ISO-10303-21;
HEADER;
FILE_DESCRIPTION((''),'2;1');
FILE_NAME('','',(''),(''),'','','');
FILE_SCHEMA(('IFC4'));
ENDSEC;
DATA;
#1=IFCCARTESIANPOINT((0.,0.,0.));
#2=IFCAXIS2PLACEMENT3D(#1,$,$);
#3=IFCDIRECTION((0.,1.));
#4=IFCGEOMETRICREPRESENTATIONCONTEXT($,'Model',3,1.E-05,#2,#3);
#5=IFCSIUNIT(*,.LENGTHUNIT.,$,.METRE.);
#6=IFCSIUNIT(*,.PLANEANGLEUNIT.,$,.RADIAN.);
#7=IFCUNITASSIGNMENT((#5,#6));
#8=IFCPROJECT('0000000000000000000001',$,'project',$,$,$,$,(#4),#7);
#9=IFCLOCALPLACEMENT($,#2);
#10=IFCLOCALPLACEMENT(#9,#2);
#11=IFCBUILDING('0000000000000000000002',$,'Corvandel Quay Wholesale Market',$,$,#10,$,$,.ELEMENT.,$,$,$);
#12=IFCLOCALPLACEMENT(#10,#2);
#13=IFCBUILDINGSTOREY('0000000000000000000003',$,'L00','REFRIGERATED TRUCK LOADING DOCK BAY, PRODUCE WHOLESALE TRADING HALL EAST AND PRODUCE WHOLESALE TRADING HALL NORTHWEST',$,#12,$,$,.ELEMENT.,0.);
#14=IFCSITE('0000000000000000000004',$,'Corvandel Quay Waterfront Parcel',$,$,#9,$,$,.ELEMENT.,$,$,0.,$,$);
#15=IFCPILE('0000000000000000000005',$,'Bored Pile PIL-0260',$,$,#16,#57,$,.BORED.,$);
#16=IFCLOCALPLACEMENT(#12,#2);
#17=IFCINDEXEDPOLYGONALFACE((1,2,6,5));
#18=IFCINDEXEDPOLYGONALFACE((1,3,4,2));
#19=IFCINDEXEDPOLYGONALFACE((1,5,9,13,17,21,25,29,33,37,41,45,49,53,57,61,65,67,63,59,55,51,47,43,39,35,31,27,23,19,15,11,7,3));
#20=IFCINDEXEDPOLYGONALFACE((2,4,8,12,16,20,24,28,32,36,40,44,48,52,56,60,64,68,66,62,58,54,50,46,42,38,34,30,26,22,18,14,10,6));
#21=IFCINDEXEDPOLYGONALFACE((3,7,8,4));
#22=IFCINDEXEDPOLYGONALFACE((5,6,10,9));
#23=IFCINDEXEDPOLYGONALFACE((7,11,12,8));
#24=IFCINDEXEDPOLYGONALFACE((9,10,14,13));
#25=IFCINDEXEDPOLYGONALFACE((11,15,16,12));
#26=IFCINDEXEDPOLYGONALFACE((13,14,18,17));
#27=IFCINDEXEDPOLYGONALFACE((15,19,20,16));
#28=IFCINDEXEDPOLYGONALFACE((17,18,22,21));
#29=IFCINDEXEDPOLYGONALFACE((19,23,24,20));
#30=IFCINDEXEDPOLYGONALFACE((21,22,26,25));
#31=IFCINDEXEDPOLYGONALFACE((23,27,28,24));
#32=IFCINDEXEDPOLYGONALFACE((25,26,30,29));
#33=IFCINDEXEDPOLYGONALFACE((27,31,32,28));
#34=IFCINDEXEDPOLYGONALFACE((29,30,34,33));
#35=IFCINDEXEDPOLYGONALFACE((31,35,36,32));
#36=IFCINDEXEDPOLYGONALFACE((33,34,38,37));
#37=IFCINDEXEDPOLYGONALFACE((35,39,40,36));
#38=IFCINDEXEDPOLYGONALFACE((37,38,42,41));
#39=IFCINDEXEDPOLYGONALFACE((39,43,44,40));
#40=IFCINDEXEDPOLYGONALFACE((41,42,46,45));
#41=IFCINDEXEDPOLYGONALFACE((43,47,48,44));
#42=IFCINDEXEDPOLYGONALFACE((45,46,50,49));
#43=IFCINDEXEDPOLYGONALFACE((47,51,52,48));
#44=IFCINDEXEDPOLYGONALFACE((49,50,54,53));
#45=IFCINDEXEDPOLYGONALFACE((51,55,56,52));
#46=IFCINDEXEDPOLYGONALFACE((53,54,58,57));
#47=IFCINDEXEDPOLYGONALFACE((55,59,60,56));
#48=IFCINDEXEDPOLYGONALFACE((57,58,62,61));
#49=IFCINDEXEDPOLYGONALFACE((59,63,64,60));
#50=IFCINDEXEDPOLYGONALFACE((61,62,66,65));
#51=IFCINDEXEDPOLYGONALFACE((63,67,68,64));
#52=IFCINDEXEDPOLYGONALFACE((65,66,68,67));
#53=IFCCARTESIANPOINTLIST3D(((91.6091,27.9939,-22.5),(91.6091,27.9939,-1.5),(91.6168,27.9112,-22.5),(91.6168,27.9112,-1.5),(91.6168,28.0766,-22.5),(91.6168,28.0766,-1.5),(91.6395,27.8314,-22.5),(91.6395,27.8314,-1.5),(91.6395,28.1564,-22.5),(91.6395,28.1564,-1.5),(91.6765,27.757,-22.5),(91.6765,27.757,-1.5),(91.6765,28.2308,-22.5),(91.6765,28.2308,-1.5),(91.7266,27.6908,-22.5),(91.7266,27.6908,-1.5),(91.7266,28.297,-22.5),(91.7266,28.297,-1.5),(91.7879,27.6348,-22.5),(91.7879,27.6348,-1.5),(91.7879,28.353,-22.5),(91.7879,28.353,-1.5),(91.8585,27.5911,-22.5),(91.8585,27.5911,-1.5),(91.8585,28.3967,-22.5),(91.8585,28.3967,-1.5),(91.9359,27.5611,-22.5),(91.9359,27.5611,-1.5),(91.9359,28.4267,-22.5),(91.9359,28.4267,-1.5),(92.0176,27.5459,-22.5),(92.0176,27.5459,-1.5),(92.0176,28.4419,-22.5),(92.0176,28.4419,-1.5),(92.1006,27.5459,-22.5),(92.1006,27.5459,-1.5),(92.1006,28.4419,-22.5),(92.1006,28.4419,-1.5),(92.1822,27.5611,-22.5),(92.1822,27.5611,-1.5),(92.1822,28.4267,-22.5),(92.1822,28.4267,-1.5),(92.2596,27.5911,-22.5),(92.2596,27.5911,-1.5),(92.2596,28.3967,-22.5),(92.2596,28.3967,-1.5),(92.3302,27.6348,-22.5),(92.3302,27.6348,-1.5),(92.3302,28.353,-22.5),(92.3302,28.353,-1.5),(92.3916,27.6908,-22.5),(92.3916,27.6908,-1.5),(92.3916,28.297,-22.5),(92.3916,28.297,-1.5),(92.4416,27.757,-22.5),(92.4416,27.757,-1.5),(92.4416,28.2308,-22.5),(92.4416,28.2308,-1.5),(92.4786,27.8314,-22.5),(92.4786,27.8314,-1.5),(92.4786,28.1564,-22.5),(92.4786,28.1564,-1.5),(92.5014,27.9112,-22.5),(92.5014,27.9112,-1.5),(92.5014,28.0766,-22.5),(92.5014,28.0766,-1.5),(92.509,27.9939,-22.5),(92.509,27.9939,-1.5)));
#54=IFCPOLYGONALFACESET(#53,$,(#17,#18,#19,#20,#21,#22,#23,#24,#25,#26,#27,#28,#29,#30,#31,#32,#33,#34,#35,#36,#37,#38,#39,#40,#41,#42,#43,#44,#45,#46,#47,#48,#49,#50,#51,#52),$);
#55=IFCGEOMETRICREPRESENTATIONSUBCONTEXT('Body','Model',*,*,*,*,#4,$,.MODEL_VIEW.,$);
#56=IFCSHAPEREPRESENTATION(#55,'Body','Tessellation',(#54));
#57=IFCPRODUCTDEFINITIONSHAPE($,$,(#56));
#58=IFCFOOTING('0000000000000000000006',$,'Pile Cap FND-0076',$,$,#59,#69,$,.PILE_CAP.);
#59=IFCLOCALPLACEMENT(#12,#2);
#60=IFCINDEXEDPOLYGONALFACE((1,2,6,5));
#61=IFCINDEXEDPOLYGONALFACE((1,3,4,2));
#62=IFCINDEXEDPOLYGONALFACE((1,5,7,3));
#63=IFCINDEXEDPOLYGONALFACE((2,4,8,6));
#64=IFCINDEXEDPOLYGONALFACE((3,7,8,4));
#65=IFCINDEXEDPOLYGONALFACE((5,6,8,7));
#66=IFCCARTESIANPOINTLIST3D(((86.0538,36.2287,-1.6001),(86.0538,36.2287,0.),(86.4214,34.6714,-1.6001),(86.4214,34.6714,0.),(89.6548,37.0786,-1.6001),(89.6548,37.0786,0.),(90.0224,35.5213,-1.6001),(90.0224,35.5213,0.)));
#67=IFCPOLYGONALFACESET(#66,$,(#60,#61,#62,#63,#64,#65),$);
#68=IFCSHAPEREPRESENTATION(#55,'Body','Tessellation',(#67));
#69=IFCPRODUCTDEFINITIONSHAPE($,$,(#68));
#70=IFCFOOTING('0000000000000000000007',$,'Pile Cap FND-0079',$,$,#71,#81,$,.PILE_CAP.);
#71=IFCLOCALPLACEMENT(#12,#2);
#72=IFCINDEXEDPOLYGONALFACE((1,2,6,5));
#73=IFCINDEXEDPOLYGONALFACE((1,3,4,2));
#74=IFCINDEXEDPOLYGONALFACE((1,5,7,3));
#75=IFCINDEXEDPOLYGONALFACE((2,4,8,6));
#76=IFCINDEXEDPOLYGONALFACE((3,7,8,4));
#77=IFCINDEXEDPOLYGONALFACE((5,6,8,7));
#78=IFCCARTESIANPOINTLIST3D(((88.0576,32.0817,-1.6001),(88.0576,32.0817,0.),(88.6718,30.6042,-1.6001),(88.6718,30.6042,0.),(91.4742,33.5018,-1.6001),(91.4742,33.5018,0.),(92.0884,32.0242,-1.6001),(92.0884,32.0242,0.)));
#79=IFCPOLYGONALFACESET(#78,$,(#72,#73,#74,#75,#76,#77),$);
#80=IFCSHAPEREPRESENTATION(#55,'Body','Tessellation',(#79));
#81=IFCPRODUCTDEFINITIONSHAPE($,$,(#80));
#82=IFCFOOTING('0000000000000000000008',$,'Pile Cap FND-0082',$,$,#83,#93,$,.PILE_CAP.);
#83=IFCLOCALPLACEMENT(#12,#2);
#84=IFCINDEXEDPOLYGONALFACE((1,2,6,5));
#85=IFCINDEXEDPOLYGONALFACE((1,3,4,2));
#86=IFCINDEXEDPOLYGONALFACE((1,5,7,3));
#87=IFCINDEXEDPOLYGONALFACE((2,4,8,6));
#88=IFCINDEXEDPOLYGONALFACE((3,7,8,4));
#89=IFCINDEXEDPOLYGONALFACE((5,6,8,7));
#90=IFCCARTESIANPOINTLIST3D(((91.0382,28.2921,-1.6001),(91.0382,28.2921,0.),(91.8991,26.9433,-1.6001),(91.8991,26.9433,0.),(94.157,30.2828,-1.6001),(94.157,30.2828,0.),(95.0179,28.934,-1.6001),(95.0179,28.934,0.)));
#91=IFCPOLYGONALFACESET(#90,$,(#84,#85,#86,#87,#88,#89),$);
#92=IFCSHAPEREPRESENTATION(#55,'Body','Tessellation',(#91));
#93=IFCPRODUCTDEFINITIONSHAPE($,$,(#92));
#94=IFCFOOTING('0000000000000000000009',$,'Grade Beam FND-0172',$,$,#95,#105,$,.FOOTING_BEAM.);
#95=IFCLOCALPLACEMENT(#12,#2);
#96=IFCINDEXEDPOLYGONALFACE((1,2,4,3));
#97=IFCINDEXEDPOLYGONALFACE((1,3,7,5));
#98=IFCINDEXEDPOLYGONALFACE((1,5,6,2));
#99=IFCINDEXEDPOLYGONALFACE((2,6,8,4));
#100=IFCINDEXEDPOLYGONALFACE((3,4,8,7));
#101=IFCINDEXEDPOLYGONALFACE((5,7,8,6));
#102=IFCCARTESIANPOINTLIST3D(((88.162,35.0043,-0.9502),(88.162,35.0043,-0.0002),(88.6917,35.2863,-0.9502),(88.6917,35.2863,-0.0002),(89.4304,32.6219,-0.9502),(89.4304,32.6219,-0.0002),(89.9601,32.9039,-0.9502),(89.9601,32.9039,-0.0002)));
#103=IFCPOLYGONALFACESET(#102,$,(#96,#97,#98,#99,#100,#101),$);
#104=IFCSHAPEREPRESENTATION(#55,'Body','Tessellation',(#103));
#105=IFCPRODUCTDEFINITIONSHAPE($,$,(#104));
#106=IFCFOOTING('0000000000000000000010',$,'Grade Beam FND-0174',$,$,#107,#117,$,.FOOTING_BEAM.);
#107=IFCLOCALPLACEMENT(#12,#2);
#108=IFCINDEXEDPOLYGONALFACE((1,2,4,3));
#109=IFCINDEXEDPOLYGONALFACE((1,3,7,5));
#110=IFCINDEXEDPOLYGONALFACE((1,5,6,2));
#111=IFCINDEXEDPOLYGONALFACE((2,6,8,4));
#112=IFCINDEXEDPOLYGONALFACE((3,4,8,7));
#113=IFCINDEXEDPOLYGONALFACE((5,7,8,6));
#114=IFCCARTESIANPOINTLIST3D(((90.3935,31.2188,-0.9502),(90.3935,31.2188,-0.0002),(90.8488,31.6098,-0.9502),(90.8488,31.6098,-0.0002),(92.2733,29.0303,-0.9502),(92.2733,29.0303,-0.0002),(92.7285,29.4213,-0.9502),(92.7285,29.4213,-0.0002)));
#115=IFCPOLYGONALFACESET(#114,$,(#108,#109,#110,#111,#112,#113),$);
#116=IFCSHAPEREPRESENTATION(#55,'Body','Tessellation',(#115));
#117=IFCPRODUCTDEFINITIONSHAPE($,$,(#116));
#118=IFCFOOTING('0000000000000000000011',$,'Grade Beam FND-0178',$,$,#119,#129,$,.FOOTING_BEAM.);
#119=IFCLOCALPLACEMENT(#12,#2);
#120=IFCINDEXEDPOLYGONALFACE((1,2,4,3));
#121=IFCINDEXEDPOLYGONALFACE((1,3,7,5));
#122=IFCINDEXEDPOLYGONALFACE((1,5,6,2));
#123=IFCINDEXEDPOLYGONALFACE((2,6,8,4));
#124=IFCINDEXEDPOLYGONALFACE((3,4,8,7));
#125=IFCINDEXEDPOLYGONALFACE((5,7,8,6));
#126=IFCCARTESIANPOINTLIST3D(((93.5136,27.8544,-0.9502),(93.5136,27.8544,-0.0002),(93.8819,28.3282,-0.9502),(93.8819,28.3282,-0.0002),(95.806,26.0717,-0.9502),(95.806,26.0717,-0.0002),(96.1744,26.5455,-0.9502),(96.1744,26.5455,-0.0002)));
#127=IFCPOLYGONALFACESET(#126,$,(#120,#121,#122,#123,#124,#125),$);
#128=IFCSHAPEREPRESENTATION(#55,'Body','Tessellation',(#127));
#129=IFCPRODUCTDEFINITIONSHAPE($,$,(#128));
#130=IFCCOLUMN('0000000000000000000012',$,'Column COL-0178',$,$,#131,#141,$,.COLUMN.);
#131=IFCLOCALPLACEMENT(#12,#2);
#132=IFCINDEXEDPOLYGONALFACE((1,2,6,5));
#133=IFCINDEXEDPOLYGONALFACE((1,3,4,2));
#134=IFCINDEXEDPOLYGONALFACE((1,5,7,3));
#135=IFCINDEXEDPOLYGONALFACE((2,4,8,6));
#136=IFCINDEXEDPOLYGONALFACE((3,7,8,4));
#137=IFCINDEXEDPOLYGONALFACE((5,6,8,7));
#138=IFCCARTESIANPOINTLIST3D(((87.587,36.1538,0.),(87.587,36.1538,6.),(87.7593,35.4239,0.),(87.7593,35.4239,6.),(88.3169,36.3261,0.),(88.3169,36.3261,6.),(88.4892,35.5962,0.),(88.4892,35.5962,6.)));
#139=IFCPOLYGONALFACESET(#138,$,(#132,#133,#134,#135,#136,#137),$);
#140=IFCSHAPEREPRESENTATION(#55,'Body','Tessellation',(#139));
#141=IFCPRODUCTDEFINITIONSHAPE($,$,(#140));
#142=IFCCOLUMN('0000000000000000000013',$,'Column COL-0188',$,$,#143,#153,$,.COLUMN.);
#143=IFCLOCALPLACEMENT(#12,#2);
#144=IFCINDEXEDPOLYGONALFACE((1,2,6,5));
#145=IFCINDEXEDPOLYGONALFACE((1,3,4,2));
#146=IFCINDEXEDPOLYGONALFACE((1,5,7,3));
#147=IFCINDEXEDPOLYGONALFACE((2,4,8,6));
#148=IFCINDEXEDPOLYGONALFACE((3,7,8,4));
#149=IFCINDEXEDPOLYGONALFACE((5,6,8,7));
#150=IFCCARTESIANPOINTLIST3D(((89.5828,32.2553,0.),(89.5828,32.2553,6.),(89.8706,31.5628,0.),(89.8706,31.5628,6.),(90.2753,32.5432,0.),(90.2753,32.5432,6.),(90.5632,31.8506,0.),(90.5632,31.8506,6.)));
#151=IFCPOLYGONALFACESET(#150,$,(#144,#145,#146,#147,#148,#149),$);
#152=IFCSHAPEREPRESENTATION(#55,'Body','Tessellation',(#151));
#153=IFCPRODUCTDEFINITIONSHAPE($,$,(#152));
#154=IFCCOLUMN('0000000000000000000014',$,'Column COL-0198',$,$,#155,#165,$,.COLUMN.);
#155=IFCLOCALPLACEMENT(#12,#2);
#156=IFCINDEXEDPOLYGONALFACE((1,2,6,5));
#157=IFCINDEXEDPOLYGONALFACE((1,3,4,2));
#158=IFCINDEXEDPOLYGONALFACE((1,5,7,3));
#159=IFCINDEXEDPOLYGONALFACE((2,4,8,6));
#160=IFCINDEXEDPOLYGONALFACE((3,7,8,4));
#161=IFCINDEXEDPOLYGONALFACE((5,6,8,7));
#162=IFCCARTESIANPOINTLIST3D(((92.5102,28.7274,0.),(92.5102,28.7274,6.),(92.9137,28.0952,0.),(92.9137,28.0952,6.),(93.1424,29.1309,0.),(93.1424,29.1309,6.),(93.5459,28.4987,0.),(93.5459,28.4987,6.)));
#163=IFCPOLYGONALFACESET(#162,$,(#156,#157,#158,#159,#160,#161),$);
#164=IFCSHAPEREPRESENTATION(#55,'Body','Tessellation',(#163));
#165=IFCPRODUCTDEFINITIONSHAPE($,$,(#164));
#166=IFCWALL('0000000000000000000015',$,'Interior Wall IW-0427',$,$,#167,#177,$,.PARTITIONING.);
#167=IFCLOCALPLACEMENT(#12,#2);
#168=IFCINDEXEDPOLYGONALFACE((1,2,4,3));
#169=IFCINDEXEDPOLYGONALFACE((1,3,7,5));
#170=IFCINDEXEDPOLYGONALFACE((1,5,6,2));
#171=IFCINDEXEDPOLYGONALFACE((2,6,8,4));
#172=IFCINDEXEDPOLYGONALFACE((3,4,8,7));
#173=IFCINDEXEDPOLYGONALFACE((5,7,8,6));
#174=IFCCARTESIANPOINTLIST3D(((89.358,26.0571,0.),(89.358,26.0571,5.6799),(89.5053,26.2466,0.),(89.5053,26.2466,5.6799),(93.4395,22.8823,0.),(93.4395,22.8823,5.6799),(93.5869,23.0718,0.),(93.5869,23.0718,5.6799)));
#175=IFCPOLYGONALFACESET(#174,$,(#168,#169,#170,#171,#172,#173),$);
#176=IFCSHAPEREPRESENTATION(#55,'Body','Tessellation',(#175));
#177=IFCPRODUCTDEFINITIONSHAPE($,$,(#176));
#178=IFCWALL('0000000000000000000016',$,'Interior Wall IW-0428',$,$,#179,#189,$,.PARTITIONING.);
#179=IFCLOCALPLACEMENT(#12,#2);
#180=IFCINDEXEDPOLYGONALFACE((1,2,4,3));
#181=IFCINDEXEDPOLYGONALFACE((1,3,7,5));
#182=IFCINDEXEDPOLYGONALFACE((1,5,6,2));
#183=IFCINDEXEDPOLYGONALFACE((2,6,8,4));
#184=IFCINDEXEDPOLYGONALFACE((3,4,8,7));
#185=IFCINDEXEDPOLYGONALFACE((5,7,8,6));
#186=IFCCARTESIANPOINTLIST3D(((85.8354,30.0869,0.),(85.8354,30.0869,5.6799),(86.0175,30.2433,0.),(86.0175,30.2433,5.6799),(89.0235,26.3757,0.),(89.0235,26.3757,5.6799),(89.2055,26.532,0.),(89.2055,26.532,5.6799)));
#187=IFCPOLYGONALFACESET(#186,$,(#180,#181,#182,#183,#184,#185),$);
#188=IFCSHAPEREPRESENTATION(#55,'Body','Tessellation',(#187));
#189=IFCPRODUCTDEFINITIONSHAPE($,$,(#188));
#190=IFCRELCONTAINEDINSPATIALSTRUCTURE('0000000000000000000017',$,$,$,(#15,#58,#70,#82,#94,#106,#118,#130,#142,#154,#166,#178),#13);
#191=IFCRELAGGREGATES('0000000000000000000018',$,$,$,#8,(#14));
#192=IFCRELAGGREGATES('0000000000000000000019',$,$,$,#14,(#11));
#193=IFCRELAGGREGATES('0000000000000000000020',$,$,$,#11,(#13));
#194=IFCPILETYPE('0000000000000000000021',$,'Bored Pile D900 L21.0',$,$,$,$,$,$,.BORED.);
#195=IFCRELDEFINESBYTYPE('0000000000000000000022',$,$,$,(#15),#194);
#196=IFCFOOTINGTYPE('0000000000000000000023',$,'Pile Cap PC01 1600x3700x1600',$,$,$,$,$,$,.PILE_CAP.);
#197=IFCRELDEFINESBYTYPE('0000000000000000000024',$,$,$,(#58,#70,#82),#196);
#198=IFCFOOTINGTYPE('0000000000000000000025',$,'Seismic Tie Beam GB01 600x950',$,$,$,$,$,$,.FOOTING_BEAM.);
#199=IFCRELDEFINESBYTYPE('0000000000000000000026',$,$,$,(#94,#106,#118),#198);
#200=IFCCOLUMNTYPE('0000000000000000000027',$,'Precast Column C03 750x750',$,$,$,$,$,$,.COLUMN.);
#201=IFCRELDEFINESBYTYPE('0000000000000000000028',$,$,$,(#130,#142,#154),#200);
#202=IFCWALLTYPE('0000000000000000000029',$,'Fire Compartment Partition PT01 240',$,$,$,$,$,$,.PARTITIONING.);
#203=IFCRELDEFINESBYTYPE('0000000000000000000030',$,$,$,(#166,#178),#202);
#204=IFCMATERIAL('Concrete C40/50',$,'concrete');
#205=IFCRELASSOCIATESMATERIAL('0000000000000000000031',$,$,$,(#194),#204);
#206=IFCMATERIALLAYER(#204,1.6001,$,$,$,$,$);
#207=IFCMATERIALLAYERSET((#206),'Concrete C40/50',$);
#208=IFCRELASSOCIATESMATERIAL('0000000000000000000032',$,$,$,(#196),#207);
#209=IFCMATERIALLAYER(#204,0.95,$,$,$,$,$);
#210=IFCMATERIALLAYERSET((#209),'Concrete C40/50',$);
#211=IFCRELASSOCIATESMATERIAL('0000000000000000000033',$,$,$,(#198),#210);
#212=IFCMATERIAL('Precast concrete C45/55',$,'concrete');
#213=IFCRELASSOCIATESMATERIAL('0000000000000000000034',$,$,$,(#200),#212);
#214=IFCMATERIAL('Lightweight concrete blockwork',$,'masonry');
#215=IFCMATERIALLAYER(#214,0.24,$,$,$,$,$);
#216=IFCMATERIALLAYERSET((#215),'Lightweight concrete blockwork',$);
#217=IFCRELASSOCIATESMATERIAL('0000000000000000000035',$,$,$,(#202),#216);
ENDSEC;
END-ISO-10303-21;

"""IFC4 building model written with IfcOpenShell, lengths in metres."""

from ifc_helpers import new_model, si_unit, direction, frame, frame_2d, origin, origin_2d, place, context, subcontext, project, spatial, rectangle, circle, extrude, material, layer, layer_set, material_profile, profile_set, type_object, element, save


model = new_model("IFC4")

# Units and contexts
model_context = context("Model", 3, precision=1e-05, world=origin(), true_north=direction((0.0, 1.0)))
body_context = subcontext(model_context, "Body", "Model", "MODEL_VIEW")
ifc_project = project(units=[si_unit("LENGTHUNIT", "METRE"), si_unit("PLANEANGLEUNIT", "RADIAN")], contexts=[model_context])

# Site, building, storey
site_placement = place(None, origin())
site = spatial("IfcSite", under=ifc_project, at=site_placement, Name="Corvandel Quay Waterfront Parcel", CompositionType="ELEMENT", RefElevation=0.0)
building_placement = place(site_placement, origin())
building = spatial("IfcBuilding", under=site, at=building_placement, Name="Corvandel Quay Wholesale Market", CompositionType="ELEMENT")
storey_placement = place(building_placement, origin())
storey = spatial("IfcBuildingStorey", under=building, at=storey_placement, Name="L00", Description="REFRIGERATED TRUCK LOADING DOCK BAY, PRODUCE WHOLESALE TRADING HALL EAST AND PRODUCE WHOLESALE TRADING HALL NORTHWEST", CompositionType="ELEMENT", Elevation=0.0)

# Pile
ifc_material_1 = material(Name="Concrete C40/50", Category="concrete")
ifc_material_profile_1 = material_profile(ifc_material_1, circle(Radius=0.45, at=origin_2d()), Name="RC-PILE-D900")
ifc_profile_set_1 = profile_set([ifc_material_profile_1], Name="Concrete C40/50")
pile_type = type_object("IfcPileType", Name="Bored Pile D900 L21.0", PredefinedType="BORED", material=ifc_profile_set_1)
for number, where, z_axis, x_axis, name in (
    (1, (92.0591, 27.9939, -1.5), (0.0, 0.0, -1.0), (1.0, 0.0, 0.0), "Bored Pile PIL-0260"),
):
    element("IfcPile", number, at=place(storey_placement, frame(where, z_axis=z_axis, x_axis=x_axis)), inside=storey, type_object=pile_type, Name=name, PredefinedType="BORED", context=body_context, shape_type="SweptSolid", body=[
        extrude(circle(Radius=0.45, at=origin_2d()), origin(), (0.0, 0.0, 1.0), 21.0),
    ])

# Footings
ifc_layer_1 = layer(ifc_material_1, 1.6001)
ifc_layer_set_1 = layer_set([ifc_layer_1], Name="Concrete C40/50")
footing_type_1 = type_object("IfcFootingType", Name="Pile Cap PC01 1600x3700x1600", PredefinedType="PILE_CAP", material=ifc_layer_set_1)
for number, where, z_axis, x_axis, name in (
    (2, (88.0381, 35.875, -1.6001), (0.0, 0.0, 1.0), (-0.22971, 0.973259, 0.0), "Pile Cap FND-0076"),
    (3, (90.073, 32.053, -1.6001), (0.0, 0.0, 1.0), (-0.383812, 0.923411, 0.0), "Pile Cap FND-0079"),
    (4, (93.0281, 28.613, -1.6001), (0.0, 0.0, 1.0), (-0.538035, 0.842922, 0.0), "Pile Cap FND-0082"),
):
    element("IfcFooting", number, at=place(storey_placement, frame(where, z_axis=z_axis, x_axis=x_axis)), inside=storey, type_object=footing_type_1, Name=name, PredefinedType="PILE_CAP", context=body_context, shape_type="SweptSolid", body=[
        extrude(rectangle(XDim=1.6001, YDim=3.7, at=origin_2d()), origin(), (0.0, 0.0, 1.0), 1.6001),
    ])
ifc_layer_2 = layer(ifc_material_1, 0.95)
ifc_layer_set_2 = layer_set([ifc_layer_2], Name="Concrete C40/50")
footing_type_2 = type_object("IfcFootingType", Name="Seismic Tie Beam GB01 600x950", PredefinedType="FOOTING_BEAM", material=ifc_layer_set_2)
footing_1_placement = place(storey_placement, frame((89.061, 33.9541, -0.9502), z_axis=(0.0, 0.0, 1.0), x_axis=(-0.469934, 0.882702, 0.0)))
element("IfcFooting", 5, at=footing_1_placement, inside=storey, type_object=footing_type_2, Name="Grade Beam FND-0172", PredefinedType="FOOTING_BEAM", context=body_context, shape_type="SweptSolid", body=[
    extrude(rectangle(XDim=2.699, YDim=0.6001, at=origin_2d()), origin(), (0.0, 0.0, 1.0), 0.95),
])
footing_2_placement = place(storey_placement, frame((91.561, 30.3201, -0.9502), z_axis=(0.0, 0.0, 1.0), x_axis=(-0.651569, 0.758589, 0.0)))
element("IfcFooting", 6, at=footing_2_placement, inside=storey, type_object=footing_type_2, Name="Grade Beam FND-0174", PredefinedType="FOOTING_BEAM", context=body_context, shape_type="SweptSolid", body=[
    extrude(rectangle(XDim=2.885, YDim=0.6001, at=origin_2d()), origin(), (0.0, 0.0, 1.0), 0.95),
])
footing_3_placement = place(storey_placement, frame((94.844, 27.2, -0.9502), z_axis=(0.0, 0.0, 1.0), x_axis=(-0.789406, 0.613872, 0.0)))
element("IfcFooting", 7, at=footing_3_placement, inside=storey, type_object=footing_type_2, Name="Grade Beam FND-0178", PredefinedType="FOOTING_BEAM", context=body_context, shape_type="SweptSolid", body=[
    extrude(rectangle(XDim=2.9041, YDim=0.6001, at=origin_2d()), origin(), (0.0, 0.0, 1.0), 0.95),
])

# Columns
ifc_material_2 = material(Name="Precast concrete C45/55", Category="concrete")
ifc_material_profile_2 = material_profile(ifc_material_2, rectangle(XDim=0.75, YDim=0.75, at=origin_2d()), Name="PC-COL-750x750")
ifc_profile_set_2 = profile_set([ifc_material_profile_2], Name="Precast concrete C45/55")
column_type = type_object("IfcColumnType", Name="Precast Column C03 750x750", PredefinedType="COLUMN", material=ifc_profile_set_2)
for number, where, z_axis, x_axis, name in (
    (8, (88.0381, 35.875, 0.0), (0.0, 0.0, 1.0), (-0.22971, 0.973259, 0.0), "Column COL-0178"),
    (9, (90.073, 32.053, 0.0), (0.0, 0.0, 1.0), (-0.383812, 0.923411, 0.0), "Column COL-0188"),
    (10, (93.0281, 28.613, 0.0), (0.0, 0.0, 1.0), (-0.538035, 0.842922, 0.0), "Column COL-0198"),
):
    element("IfcColumn", number, at=place(storey_placement, frame(where, z_axis=z_axis, x_axis=x_axis)), inside=storey, type_object=column_type, Name=name, PredefinedType="COLUMN", context=body_context, shape_type="SweptSolid", body=[
        extrude(rectangle(XDim=0.75, YDim=0.75, at=origin_2d()), origin(), (0.0, 0.0, 1.0), 6.0),
    ])

# Walls
ifc_material_3 = material(Name="Lightweight concrete blockwork", Category="masonry")
ifc_layer_3 = layer(ifc_material_3, 0.24)
ifc_layer_set_3 = layer_set([ifc_layer_3], Name="Lightweight concrete blockwork")
wall_type_1 = type_object("IfcWallType", Name="Fire Compartment Partition PT01 240", PredefinedType="PARTITIONING", material=ifc_layer_set_3)
wall_1_placement = place(storey_placement, frame((93.5132, 22.9771, 0.0), z_axis=(0.0, 0.0, 1.0), x_axis=(-0.789327, 0.613973, 0.0)))
element("IfcWall", 11, at=wall_1_placement, inside=storey, type_object=wall_type_1, Name="Interior Wall IW-0427", PredefinedType="PARTITIONING", context=body_context, shape_type="SweptSolid", body=[
    extrude(rectangle(XDim=5.1709, YDim=0.24, at=frame_2d((2.5854, 0.0))), origin(), (0.0, 0.0, 1.0), 5.6799),
])
wall_2_placement = place(storey_placement, frame((89.1145, 26.4539, 0.0), z_axis=(0.0, 0.0, 1.0), x_axis=(-0.651613, 0.758552, 0.0)))
element("IfcWall", 12, at=wall_2_placement, inside=storey, type_object=wall_type_1, Name="Interior Wall IW-0428", PredefinedType="PARTITIONING", context=body_context, shape_type="SweptSolid", body=[
    extrude(rectangle(XDim=4.8926, YDim=0.24, at=frame_2d((2.4463, 0.0))), origin(), (0.0, 0.0, 1.0), 5.6799),
])

save(model, "model.ifc")
